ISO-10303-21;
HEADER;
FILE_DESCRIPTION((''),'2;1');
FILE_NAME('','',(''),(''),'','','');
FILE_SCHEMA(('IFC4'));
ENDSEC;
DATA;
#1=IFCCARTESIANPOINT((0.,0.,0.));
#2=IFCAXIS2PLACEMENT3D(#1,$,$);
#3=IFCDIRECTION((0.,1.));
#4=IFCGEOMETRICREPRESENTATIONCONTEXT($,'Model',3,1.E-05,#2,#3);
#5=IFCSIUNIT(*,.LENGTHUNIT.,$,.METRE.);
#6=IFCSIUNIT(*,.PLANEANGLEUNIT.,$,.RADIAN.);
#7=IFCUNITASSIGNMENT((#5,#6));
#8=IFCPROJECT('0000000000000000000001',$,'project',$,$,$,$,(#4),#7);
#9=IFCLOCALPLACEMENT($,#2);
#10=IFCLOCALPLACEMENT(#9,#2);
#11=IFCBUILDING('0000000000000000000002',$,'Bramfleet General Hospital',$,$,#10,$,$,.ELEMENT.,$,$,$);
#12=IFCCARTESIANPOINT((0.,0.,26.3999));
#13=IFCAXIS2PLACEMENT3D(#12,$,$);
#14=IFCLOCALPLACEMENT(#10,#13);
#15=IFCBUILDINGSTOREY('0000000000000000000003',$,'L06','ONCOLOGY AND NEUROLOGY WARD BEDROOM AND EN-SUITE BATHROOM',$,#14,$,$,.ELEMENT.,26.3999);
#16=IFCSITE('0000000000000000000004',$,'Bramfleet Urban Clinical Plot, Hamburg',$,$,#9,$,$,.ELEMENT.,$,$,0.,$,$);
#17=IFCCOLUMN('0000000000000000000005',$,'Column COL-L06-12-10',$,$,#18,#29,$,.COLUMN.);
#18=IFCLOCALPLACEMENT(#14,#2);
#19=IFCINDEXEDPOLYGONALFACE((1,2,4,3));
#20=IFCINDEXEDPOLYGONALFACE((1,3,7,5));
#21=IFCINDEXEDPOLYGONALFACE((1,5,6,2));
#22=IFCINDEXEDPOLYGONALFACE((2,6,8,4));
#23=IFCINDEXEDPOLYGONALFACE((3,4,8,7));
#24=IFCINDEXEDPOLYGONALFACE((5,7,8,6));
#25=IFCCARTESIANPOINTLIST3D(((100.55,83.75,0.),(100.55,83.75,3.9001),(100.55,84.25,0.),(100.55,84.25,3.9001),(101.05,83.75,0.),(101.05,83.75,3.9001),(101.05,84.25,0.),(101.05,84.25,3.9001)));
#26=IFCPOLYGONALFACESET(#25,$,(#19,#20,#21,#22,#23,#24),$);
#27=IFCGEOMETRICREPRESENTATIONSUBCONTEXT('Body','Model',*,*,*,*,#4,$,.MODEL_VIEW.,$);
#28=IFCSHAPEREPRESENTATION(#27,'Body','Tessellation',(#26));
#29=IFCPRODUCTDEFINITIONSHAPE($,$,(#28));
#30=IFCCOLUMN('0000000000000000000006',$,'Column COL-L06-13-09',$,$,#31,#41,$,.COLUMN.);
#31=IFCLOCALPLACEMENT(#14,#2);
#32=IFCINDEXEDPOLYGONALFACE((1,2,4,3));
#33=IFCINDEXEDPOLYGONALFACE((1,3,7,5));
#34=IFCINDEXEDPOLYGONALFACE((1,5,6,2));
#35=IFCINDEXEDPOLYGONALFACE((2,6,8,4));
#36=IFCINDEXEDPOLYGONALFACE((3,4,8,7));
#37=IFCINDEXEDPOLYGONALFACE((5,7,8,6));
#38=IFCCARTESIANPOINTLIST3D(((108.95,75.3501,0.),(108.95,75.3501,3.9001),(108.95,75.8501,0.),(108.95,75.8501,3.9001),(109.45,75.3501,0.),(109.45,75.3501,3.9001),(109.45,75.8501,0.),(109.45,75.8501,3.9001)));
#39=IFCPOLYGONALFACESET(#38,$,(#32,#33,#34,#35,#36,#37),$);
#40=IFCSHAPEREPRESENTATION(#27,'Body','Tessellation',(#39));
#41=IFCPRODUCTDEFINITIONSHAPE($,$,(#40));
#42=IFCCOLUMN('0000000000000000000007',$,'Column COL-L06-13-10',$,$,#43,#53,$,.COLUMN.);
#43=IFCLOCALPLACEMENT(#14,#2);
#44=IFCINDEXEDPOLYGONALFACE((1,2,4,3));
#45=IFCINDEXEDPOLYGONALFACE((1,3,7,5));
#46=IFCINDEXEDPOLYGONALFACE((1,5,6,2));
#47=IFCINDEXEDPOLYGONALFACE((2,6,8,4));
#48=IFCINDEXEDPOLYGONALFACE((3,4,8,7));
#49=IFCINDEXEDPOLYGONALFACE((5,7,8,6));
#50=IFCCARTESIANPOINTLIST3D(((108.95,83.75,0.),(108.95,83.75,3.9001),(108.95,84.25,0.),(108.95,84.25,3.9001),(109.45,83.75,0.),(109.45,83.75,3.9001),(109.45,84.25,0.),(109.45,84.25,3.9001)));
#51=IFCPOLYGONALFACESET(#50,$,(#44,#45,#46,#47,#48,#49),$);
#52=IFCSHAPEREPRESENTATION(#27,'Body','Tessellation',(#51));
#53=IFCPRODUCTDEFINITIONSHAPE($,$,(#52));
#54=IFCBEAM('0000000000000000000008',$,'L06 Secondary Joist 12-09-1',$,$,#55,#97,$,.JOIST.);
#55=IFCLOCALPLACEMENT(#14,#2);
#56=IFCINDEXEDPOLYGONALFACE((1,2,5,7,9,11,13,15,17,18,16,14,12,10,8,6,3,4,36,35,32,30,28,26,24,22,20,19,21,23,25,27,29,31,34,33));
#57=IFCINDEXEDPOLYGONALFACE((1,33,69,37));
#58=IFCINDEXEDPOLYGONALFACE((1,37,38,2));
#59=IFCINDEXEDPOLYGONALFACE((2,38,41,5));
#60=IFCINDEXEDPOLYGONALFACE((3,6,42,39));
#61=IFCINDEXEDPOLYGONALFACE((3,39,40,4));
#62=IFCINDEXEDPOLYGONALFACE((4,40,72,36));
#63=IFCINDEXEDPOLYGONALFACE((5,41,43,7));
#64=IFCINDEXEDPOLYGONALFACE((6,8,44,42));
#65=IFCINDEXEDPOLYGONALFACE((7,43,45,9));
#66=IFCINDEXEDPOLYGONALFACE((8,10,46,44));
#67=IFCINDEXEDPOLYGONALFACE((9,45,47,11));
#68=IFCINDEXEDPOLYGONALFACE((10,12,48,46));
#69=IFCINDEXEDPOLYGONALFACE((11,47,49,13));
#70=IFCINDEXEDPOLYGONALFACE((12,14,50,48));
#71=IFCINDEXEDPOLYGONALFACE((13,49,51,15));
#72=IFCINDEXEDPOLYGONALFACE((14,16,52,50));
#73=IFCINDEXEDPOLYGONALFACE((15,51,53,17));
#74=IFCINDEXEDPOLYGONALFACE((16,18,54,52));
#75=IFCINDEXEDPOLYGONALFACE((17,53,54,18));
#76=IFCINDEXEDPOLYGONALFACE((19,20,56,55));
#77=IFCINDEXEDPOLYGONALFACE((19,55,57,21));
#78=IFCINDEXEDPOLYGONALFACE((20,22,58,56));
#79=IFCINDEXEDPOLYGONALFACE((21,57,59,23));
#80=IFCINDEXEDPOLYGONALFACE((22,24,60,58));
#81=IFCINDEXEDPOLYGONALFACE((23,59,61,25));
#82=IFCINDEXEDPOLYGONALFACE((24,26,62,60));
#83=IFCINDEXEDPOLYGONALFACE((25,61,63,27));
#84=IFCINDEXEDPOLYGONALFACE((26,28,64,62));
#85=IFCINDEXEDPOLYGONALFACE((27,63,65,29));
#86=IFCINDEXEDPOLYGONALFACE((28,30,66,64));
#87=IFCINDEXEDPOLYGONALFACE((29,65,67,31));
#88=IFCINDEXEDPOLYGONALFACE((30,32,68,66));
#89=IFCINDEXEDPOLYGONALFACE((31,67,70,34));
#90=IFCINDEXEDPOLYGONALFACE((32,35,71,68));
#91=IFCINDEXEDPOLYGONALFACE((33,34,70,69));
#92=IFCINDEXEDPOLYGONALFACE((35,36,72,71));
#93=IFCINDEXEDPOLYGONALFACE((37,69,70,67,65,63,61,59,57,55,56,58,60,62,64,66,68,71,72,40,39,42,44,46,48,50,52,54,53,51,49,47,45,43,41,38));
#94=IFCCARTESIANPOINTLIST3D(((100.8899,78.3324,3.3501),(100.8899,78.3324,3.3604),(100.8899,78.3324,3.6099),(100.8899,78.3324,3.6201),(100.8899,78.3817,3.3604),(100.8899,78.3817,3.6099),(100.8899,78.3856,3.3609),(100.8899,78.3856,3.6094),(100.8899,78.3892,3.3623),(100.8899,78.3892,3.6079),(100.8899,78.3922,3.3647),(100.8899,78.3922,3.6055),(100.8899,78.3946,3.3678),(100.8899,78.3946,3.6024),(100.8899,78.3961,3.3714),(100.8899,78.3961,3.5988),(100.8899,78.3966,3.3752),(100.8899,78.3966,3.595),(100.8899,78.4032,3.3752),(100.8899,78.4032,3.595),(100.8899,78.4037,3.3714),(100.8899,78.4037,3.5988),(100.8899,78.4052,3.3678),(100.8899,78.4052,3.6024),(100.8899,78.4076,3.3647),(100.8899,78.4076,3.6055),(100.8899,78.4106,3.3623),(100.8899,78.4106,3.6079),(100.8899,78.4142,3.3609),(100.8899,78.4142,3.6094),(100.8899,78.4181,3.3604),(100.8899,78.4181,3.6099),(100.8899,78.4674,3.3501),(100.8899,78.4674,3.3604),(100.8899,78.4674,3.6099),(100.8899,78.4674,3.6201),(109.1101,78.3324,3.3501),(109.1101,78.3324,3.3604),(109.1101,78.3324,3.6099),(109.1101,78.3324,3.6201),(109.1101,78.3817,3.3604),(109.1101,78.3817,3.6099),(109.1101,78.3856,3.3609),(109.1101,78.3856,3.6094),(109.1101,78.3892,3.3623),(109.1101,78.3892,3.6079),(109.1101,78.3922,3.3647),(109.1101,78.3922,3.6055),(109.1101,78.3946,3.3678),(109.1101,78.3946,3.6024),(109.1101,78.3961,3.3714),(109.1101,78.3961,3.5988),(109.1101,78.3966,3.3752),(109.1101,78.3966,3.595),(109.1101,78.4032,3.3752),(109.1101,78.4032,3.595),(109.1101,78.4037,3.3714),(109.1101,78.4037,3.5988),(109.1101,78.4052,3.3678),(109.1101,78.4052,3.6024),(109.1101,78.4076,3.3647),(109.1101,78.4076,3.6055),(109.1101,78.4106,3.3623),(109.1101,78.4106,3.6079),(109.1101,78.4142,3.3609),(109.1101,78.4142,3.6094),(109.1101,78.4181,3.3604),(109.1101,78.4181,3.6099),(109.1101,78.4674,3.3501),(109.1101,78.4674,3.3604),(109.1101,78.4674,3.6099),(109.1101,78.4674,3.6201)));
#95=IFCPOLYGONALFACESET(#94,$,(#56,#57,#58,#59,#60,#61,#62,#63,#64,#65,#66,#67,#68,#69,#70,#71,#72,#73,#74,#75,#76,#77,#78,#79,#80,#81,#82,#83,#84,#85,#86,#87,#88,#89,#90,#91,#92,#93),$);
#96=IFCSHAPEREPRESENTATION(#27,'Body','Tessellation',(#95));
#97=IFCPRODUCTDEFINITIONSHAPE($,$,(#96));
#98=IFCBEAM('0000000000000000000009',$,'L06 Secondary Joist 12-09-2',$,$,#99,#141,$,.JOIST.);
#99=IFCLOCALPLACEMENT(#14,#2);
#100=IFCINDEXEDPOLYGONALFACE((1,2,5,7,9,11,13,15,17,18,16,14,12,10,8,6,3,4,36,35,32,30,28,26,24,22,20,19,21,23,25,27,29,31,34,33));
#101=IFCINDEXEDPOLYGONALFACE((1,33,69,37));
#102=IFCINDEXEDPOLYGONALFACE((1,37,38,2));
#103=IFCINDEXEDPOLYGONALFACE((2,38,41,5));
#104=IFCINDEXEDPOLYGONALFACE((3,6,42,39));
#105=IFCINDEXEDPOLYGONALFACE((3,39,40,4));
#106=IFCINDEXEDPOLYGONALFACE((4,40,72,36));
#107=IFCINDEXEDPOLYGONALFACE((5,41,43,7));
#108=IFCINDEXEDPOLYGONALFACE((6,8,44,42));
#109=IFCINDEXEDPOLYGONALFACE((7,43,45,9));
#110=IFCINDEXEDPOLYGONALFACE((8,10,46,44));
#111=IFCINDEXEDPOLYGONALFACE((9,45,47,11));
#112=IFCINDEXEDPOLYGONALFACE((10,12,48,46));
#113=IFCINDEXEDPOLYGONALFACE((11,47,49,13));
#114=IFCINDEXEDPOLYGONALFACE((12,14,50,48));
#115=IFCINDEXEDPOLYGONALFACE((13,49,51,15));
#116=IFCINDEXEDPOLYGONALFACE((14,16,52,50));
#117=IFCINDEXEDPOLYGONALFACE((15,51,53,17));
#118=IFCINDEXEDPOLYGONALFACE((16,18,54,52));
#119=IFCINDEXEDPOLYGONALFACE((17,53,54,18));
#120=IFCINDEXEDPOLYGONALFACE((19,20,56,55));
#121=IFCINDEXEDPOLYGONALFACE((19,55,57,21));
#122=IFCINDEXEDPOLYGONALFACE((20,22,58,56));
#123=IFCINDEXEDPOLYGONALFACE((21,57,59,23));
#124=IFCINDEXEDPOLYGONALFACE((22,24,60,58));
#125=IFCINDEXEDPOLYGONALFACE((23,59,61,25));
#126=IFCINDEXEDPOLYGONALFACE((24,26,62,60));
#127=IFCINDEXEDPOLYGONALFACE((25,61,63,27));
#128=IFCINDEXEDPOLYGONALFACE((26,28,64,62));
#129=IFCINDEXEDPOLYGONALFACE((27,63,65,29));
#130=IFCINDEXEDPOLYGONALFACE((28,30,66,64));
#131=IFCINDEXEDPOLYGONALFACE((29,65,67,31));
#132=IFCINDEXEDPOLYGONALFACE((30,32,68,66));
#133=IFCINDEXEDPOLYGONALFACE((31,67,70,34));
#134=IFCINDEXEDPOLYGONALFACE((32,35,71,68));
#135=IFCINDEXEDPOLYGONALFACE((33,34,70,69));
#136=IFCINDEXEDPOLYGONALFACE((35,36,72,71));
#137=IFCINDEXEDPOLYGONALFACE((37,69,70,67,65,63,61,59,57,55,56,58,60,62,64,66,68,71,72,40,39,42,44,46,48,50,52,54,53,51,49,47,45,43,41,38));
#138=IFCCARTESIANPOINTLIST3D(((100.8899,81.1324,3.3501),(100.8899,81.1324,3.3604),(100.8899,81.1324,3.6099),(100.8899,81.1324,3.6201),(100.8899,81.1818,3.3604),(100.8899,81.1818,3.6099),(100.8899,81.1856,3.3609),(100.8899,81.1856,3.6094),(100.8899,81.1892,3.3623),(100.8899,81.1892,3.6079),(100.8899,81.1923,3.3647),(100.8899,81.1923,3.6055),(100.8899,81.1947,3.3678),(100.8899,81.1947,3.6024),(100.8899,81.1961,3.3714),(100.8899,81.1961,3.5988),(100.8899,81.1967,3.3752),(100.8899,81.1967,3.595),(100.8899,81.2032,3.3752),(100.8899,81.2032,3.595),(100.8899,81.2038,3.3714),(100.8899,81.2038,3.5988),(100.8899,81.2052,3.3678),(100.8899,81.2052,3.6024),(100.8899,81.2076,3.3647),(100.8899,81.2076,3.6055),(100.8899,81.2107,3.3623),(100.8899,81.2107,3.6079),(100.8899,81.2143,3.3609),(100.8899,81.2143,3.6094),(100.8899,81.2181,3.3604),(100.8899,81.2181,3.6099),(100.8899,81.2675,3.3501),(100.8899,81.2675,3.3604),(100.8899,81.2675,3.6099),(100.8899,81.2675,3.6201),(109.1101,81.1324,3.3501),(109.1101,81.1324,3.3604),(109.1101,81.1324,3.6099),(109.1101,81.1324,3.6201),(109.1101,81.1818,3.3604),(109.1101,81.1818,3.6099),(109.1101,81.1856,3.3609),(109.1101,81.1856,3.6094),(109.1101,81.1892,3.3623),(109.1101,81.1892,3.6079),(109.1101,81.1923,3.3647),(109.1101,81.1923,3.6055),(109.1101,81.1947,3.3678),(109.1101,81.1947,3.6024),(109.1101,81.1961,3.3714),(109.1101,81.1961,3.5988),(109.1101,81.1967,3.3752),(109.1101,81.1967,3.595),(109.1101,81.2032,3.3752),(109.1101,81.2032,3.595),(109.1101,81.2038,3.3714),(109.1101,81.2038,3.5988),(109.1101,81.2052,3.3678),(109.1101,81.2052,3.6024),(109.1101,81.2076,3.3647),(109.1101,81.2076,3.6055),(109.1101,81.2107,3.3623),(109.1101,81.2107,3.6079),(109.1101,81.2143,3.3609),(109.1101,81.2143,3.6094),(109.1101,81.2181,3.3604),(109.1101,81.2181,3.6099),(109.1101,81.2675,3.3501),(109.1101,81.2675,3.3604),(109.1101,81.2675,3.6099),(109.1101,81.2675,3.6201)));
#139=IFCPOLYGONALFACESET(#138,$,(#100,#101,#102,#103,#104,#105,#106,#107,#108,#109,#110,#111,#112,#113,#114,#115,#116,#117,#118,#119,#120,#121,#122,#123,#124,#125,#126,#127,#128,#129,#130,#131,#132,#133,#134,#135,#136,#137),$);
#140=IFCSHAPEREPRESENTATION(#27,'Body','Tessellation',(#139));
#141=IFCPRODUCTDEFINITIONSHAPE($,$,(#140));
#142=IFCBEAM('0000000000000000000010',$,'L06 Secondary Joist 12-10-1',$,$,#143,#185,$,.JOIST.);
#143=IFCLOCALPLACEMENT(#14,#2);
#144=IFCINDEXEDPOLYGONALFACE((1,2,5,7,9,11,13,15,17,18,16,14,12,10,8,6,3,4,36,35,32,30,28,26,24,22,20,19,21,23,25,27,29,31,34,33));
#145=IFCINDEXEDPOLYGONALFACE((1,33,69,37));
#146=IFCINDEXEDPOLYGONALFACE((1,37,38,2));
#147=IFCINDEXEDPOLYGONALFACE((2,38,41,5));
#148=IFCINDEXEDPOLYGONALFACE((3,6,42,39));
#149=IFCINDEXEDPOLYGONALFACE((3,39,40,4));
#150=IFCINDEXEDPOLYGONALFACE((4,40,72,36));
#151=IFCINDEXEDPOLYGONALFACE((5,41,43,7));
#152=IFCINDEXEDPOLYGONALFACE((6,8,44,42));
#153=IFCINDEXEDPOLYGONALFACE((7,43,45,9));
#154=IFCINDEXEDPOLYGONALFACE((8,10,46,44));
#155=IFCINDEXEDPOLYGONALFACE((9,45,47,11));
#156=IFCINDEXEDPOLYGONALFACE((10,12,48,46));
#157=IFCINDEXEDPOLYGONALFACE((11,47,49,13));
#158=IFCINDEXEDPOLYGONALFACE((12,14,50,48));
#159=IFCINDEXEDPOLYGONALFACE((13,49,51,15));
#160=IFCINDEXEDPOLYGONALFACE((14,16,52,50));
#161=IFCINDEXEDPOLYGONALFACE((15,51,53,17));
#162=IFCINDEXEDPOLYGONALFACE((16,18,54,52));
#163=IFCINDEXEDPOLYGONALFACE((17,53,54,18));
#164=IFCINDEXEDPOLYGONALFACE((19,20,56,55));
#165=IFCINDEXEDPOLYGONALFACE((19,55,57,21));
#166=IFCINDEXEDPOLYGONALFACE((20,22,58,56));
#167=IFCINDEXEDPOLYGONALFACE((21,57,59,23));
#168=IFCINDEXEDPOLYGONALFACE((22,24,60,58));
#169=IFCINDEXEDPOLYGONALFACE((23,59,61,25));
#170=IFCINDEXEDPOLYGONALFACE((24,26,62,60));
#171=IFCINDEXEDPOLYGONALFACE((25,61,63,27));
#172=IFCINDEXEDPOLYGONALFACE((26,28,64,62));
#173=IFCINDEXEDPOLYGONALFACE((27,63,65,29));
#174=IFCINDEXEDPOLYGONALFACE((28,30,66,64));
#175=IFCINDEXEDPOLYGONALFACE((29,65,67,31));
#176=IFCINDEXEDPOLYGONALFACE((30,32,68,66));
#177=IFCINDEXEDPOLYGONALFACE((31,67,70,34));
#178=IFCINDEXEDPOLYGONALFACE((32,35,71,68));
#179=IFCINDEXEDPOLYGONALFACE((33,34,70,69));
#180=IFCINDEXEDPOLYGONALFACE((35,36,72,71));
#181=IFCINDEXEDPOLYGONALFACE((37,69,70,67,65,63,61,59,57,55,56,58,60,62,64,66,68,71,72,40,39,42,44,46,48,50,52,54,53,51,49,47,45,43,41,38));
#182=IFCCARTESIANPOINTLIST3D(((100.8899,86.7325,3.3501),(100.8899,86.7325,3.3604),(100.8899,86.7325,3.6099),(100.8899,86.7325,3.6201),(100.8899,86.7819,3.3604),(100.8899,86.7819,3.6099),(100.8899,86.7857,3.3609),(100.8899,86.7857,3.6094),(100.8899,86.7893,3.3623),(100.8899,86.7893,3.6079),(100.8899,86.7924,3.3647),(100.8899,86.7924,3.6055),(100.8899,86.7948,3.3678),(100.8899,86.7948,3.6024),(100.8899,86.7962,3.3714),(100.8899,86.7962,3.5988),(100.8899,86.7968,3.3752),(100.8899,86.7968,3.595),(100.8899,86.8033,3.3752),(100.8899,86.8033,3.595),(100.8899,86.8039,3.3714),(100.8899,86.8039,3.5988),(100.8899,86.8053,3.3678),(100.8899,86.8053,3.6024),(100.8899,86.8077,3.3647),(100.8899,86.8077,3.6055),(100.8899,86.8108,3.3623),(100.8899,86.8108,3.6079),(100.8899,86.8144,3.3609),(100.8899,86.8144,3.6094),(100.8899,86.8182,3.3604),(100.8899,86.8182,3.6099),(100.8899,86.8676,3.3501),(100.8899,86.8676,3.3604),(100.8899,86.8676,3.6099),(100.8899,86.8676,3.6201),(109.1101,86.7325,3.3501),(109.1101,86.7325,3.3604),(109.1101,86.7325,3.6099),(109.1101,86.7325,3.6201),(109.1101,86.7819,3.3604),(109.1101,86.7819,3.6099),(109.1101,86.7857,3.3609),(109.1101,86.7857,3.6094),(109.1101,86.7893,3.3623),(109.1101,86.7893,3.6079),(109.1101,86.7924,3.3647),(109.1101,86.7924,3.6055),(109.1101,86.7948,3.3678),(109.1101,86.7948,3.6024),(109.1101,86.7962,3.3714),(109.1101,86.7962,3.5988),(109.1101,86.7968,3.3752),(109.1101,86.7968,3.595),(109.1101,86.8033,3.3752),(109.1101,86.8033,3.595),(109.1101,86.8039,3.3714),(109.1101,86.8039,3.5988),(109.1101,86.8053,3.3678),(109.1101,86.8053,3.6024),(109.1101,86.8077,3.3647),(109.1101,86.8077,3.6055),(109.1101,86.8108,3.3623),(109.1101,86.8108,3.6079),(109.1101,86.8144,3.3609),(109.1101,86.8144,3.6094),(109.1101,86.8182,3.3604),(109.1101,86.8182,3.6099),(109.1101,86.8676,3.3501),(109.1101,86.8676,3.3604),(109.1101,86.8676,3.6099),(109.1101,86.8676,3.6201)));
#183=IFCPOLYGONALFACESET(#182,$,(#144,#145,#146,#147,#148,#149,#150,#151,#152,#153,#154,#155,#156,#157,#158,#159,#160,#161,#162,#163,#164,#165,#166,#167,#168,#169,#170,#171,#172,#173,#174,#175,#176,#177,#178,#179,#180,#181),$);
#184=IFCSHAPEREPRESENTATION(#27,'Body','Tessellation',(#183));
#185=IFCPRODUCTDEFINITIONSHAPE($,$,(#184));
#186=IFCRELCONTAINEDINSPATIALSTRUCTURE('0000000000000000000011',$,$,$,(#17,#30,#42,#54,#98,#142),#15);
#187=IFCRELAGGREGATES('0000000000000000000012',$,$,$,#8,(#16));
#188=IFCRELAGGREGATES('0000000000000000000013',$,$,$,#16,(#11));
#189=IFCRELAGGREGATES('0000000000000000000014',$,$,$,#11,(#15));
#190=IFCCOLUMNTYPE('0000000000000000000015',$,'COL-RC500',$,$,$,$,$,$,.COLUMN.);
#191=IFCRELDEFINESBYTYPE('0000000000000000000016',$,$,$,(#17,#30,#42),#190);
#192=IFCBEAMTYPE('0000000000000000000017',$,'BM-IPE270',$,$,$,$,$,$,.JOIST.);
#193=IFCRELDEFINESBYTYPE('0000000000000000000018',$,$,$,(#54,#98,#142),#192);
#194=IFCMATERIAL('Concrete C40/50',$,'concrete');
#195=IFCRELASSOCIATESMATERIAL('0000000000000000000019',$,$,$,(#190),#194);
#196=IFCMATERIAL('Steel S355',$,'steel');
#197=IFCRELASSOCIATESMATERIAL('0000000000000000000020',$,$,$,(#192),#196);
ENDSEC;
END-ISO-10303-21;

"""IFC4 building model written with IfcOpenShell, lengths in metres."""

from ifc_helpers import new_model, si_unit, direction, frame, origin, origin_2d, place, context, subcontext, project, spatial, rectangle, i_section, extrude, material, material_profile, profile_set, type_object, element, save


model = new_model("IFC4")

# Units and contexts
model_context = context("Model", 3, precision=1e-05, world=origin(), true_north=direction((0.0, 1.0)))
body_context = subcontext(model_context, "Body", "Model", "MODEL_VIEW")
ifc_project = project(units=[si_unit("LENGTHUNIT", "METRE"), si_unit("PLANEANGLEUNIT", "RADIAN")], contexts=[model_context])

# Site, building, storey
site_placement = place(None, origin())
site = spatial("IfcSite", under=ifc_project, at=site_placement, Name="Bramfleet Urban Clinical Plot, Hamburg", CompositionType="ELEMENT", RefElevation=0.0)
building_placement = place(site_placement, origin())
building = spatial("IfcBuilding", under=site, at=building_placement, Name="Bramfleet General Hospital", CompositionType="ELEMENT")
storey_placement = place(building_placement, frame((0.0, 0.0, 26.3999)))
storey = spatial("IfcBuildingStorey", under=building, at=storey_placement, Name="L06", Description="ONCOLOGY AND NEUROLOGY WARD BEDROOM AND EN-SUITE BATHROOM", CompositionType="ELEMENT", Elevation=26.3999)

# Columns
ifc_material_1 = material(Name="Concrete C40/50", Category="concrete")
ifc_material_profile_1 = material_profile(ifc_material_1, rectangle(XDim=0.5, YDim=0.5, at=origin_2d()), Name="RC COL 500x500")
ifc_profile_set_1 = profile_set([ifc_material_profile_1], Name="Concrete C40/50")
column_type = type_object("IfcColumnType", Name="COL-RC500", PredefinedType="COLUMN", material=ifc_profile_set_1)
for number, where, z_axis, x_axis, name in (
    (1, (100.8, 84.0, 0.0), (0.0, 0.0, 1.0), (1.0, 0.0, 0.0), "Column COL-L06-12-10"),
    (2, (109.2, 75.6001, 0.0), (0.0, 0.0, 1.0), (1.0, 0.0, 0.0), "Column COL-L06-13-09"),
    (3, (109.2, 84.0, 0.0), (0.0, 0.0, 1.0), (1.0, 0.0, 0.0), "Column COL-L06-13-10"),
):
    element("IfcColumn", number, at=place(storey_placement, frame(where, z_axis=z_axis, x_axis=x_axis)), inside=storey, type_object=column_type, Name=name, PredefinedType="COLUMN", context=body_context, shape_type="SweptSolid", body=[
        extrude(rectangle(XDim=0.5, YDim=0.5, at=origin_2d()), origin(), (0.0, 0.0, 1.0), 3.9001),
    ])

# Beams
ifc_material_2 = material(Name="Steel S355", Category="steel")
ifc_material_profile_2 = material_profile(ifc_material_2, i_section(OverallWidth=0.135, OverallDepth=0.27, WebThickness=0.0066, FlangeThickness=0.0103, FilletRadius=0.0149, at=origin_2d()), Name="IPE 270")
ifc_profile_set_2 = profile_set([ifc_material_profile_2], Name="Steel S355")
beam_type_1 = type_object("IfcBeamType", Name="BM-IPE270", PredefinedType="JOIST", material=ifc_profile_set_2)
for number, where, z_axis, x_axis, name in (
    (4, (100.8899, 78.3999, 3.4851), (1.0, 0.0, 0.0), (0.0, 1.0, 0.0), "L06 Secondary Joist 12-09-1"),
    (5, (100.8899, 81.2, 3.4851), (1.0, 0.0, 0.0), (0.0, 1.0, 0.0), "L06 Secondary Joist 12-09-2"),
    (6, (100.8899, 86.8, 3.4851), (1.0, 0.0, 0.0), (0.0, 1.0, 0.0), "L06 Secondary Joist 12-10-1"),
):
    element("IfcBeam", number, at=place(storey_placement, frame(where, z_axis=z_axis, x_axis=x_axis)), inside=storey, type_object=beam_type_1, Name=name, PredefinedType="JOIST", context=body_context, shape_type="SweptSolid", body=[
        extrude(i_section(OverallWidth=0.135, OverallDepth=0.27, WebThickness=0.0066, FlangeThickness=0.0103, FilletRadius=0.0149, at=origin_2d()), origin(), (0.0, 0.0, 1.0), 8.2202),
    ])

save(model, "model.ifc")
